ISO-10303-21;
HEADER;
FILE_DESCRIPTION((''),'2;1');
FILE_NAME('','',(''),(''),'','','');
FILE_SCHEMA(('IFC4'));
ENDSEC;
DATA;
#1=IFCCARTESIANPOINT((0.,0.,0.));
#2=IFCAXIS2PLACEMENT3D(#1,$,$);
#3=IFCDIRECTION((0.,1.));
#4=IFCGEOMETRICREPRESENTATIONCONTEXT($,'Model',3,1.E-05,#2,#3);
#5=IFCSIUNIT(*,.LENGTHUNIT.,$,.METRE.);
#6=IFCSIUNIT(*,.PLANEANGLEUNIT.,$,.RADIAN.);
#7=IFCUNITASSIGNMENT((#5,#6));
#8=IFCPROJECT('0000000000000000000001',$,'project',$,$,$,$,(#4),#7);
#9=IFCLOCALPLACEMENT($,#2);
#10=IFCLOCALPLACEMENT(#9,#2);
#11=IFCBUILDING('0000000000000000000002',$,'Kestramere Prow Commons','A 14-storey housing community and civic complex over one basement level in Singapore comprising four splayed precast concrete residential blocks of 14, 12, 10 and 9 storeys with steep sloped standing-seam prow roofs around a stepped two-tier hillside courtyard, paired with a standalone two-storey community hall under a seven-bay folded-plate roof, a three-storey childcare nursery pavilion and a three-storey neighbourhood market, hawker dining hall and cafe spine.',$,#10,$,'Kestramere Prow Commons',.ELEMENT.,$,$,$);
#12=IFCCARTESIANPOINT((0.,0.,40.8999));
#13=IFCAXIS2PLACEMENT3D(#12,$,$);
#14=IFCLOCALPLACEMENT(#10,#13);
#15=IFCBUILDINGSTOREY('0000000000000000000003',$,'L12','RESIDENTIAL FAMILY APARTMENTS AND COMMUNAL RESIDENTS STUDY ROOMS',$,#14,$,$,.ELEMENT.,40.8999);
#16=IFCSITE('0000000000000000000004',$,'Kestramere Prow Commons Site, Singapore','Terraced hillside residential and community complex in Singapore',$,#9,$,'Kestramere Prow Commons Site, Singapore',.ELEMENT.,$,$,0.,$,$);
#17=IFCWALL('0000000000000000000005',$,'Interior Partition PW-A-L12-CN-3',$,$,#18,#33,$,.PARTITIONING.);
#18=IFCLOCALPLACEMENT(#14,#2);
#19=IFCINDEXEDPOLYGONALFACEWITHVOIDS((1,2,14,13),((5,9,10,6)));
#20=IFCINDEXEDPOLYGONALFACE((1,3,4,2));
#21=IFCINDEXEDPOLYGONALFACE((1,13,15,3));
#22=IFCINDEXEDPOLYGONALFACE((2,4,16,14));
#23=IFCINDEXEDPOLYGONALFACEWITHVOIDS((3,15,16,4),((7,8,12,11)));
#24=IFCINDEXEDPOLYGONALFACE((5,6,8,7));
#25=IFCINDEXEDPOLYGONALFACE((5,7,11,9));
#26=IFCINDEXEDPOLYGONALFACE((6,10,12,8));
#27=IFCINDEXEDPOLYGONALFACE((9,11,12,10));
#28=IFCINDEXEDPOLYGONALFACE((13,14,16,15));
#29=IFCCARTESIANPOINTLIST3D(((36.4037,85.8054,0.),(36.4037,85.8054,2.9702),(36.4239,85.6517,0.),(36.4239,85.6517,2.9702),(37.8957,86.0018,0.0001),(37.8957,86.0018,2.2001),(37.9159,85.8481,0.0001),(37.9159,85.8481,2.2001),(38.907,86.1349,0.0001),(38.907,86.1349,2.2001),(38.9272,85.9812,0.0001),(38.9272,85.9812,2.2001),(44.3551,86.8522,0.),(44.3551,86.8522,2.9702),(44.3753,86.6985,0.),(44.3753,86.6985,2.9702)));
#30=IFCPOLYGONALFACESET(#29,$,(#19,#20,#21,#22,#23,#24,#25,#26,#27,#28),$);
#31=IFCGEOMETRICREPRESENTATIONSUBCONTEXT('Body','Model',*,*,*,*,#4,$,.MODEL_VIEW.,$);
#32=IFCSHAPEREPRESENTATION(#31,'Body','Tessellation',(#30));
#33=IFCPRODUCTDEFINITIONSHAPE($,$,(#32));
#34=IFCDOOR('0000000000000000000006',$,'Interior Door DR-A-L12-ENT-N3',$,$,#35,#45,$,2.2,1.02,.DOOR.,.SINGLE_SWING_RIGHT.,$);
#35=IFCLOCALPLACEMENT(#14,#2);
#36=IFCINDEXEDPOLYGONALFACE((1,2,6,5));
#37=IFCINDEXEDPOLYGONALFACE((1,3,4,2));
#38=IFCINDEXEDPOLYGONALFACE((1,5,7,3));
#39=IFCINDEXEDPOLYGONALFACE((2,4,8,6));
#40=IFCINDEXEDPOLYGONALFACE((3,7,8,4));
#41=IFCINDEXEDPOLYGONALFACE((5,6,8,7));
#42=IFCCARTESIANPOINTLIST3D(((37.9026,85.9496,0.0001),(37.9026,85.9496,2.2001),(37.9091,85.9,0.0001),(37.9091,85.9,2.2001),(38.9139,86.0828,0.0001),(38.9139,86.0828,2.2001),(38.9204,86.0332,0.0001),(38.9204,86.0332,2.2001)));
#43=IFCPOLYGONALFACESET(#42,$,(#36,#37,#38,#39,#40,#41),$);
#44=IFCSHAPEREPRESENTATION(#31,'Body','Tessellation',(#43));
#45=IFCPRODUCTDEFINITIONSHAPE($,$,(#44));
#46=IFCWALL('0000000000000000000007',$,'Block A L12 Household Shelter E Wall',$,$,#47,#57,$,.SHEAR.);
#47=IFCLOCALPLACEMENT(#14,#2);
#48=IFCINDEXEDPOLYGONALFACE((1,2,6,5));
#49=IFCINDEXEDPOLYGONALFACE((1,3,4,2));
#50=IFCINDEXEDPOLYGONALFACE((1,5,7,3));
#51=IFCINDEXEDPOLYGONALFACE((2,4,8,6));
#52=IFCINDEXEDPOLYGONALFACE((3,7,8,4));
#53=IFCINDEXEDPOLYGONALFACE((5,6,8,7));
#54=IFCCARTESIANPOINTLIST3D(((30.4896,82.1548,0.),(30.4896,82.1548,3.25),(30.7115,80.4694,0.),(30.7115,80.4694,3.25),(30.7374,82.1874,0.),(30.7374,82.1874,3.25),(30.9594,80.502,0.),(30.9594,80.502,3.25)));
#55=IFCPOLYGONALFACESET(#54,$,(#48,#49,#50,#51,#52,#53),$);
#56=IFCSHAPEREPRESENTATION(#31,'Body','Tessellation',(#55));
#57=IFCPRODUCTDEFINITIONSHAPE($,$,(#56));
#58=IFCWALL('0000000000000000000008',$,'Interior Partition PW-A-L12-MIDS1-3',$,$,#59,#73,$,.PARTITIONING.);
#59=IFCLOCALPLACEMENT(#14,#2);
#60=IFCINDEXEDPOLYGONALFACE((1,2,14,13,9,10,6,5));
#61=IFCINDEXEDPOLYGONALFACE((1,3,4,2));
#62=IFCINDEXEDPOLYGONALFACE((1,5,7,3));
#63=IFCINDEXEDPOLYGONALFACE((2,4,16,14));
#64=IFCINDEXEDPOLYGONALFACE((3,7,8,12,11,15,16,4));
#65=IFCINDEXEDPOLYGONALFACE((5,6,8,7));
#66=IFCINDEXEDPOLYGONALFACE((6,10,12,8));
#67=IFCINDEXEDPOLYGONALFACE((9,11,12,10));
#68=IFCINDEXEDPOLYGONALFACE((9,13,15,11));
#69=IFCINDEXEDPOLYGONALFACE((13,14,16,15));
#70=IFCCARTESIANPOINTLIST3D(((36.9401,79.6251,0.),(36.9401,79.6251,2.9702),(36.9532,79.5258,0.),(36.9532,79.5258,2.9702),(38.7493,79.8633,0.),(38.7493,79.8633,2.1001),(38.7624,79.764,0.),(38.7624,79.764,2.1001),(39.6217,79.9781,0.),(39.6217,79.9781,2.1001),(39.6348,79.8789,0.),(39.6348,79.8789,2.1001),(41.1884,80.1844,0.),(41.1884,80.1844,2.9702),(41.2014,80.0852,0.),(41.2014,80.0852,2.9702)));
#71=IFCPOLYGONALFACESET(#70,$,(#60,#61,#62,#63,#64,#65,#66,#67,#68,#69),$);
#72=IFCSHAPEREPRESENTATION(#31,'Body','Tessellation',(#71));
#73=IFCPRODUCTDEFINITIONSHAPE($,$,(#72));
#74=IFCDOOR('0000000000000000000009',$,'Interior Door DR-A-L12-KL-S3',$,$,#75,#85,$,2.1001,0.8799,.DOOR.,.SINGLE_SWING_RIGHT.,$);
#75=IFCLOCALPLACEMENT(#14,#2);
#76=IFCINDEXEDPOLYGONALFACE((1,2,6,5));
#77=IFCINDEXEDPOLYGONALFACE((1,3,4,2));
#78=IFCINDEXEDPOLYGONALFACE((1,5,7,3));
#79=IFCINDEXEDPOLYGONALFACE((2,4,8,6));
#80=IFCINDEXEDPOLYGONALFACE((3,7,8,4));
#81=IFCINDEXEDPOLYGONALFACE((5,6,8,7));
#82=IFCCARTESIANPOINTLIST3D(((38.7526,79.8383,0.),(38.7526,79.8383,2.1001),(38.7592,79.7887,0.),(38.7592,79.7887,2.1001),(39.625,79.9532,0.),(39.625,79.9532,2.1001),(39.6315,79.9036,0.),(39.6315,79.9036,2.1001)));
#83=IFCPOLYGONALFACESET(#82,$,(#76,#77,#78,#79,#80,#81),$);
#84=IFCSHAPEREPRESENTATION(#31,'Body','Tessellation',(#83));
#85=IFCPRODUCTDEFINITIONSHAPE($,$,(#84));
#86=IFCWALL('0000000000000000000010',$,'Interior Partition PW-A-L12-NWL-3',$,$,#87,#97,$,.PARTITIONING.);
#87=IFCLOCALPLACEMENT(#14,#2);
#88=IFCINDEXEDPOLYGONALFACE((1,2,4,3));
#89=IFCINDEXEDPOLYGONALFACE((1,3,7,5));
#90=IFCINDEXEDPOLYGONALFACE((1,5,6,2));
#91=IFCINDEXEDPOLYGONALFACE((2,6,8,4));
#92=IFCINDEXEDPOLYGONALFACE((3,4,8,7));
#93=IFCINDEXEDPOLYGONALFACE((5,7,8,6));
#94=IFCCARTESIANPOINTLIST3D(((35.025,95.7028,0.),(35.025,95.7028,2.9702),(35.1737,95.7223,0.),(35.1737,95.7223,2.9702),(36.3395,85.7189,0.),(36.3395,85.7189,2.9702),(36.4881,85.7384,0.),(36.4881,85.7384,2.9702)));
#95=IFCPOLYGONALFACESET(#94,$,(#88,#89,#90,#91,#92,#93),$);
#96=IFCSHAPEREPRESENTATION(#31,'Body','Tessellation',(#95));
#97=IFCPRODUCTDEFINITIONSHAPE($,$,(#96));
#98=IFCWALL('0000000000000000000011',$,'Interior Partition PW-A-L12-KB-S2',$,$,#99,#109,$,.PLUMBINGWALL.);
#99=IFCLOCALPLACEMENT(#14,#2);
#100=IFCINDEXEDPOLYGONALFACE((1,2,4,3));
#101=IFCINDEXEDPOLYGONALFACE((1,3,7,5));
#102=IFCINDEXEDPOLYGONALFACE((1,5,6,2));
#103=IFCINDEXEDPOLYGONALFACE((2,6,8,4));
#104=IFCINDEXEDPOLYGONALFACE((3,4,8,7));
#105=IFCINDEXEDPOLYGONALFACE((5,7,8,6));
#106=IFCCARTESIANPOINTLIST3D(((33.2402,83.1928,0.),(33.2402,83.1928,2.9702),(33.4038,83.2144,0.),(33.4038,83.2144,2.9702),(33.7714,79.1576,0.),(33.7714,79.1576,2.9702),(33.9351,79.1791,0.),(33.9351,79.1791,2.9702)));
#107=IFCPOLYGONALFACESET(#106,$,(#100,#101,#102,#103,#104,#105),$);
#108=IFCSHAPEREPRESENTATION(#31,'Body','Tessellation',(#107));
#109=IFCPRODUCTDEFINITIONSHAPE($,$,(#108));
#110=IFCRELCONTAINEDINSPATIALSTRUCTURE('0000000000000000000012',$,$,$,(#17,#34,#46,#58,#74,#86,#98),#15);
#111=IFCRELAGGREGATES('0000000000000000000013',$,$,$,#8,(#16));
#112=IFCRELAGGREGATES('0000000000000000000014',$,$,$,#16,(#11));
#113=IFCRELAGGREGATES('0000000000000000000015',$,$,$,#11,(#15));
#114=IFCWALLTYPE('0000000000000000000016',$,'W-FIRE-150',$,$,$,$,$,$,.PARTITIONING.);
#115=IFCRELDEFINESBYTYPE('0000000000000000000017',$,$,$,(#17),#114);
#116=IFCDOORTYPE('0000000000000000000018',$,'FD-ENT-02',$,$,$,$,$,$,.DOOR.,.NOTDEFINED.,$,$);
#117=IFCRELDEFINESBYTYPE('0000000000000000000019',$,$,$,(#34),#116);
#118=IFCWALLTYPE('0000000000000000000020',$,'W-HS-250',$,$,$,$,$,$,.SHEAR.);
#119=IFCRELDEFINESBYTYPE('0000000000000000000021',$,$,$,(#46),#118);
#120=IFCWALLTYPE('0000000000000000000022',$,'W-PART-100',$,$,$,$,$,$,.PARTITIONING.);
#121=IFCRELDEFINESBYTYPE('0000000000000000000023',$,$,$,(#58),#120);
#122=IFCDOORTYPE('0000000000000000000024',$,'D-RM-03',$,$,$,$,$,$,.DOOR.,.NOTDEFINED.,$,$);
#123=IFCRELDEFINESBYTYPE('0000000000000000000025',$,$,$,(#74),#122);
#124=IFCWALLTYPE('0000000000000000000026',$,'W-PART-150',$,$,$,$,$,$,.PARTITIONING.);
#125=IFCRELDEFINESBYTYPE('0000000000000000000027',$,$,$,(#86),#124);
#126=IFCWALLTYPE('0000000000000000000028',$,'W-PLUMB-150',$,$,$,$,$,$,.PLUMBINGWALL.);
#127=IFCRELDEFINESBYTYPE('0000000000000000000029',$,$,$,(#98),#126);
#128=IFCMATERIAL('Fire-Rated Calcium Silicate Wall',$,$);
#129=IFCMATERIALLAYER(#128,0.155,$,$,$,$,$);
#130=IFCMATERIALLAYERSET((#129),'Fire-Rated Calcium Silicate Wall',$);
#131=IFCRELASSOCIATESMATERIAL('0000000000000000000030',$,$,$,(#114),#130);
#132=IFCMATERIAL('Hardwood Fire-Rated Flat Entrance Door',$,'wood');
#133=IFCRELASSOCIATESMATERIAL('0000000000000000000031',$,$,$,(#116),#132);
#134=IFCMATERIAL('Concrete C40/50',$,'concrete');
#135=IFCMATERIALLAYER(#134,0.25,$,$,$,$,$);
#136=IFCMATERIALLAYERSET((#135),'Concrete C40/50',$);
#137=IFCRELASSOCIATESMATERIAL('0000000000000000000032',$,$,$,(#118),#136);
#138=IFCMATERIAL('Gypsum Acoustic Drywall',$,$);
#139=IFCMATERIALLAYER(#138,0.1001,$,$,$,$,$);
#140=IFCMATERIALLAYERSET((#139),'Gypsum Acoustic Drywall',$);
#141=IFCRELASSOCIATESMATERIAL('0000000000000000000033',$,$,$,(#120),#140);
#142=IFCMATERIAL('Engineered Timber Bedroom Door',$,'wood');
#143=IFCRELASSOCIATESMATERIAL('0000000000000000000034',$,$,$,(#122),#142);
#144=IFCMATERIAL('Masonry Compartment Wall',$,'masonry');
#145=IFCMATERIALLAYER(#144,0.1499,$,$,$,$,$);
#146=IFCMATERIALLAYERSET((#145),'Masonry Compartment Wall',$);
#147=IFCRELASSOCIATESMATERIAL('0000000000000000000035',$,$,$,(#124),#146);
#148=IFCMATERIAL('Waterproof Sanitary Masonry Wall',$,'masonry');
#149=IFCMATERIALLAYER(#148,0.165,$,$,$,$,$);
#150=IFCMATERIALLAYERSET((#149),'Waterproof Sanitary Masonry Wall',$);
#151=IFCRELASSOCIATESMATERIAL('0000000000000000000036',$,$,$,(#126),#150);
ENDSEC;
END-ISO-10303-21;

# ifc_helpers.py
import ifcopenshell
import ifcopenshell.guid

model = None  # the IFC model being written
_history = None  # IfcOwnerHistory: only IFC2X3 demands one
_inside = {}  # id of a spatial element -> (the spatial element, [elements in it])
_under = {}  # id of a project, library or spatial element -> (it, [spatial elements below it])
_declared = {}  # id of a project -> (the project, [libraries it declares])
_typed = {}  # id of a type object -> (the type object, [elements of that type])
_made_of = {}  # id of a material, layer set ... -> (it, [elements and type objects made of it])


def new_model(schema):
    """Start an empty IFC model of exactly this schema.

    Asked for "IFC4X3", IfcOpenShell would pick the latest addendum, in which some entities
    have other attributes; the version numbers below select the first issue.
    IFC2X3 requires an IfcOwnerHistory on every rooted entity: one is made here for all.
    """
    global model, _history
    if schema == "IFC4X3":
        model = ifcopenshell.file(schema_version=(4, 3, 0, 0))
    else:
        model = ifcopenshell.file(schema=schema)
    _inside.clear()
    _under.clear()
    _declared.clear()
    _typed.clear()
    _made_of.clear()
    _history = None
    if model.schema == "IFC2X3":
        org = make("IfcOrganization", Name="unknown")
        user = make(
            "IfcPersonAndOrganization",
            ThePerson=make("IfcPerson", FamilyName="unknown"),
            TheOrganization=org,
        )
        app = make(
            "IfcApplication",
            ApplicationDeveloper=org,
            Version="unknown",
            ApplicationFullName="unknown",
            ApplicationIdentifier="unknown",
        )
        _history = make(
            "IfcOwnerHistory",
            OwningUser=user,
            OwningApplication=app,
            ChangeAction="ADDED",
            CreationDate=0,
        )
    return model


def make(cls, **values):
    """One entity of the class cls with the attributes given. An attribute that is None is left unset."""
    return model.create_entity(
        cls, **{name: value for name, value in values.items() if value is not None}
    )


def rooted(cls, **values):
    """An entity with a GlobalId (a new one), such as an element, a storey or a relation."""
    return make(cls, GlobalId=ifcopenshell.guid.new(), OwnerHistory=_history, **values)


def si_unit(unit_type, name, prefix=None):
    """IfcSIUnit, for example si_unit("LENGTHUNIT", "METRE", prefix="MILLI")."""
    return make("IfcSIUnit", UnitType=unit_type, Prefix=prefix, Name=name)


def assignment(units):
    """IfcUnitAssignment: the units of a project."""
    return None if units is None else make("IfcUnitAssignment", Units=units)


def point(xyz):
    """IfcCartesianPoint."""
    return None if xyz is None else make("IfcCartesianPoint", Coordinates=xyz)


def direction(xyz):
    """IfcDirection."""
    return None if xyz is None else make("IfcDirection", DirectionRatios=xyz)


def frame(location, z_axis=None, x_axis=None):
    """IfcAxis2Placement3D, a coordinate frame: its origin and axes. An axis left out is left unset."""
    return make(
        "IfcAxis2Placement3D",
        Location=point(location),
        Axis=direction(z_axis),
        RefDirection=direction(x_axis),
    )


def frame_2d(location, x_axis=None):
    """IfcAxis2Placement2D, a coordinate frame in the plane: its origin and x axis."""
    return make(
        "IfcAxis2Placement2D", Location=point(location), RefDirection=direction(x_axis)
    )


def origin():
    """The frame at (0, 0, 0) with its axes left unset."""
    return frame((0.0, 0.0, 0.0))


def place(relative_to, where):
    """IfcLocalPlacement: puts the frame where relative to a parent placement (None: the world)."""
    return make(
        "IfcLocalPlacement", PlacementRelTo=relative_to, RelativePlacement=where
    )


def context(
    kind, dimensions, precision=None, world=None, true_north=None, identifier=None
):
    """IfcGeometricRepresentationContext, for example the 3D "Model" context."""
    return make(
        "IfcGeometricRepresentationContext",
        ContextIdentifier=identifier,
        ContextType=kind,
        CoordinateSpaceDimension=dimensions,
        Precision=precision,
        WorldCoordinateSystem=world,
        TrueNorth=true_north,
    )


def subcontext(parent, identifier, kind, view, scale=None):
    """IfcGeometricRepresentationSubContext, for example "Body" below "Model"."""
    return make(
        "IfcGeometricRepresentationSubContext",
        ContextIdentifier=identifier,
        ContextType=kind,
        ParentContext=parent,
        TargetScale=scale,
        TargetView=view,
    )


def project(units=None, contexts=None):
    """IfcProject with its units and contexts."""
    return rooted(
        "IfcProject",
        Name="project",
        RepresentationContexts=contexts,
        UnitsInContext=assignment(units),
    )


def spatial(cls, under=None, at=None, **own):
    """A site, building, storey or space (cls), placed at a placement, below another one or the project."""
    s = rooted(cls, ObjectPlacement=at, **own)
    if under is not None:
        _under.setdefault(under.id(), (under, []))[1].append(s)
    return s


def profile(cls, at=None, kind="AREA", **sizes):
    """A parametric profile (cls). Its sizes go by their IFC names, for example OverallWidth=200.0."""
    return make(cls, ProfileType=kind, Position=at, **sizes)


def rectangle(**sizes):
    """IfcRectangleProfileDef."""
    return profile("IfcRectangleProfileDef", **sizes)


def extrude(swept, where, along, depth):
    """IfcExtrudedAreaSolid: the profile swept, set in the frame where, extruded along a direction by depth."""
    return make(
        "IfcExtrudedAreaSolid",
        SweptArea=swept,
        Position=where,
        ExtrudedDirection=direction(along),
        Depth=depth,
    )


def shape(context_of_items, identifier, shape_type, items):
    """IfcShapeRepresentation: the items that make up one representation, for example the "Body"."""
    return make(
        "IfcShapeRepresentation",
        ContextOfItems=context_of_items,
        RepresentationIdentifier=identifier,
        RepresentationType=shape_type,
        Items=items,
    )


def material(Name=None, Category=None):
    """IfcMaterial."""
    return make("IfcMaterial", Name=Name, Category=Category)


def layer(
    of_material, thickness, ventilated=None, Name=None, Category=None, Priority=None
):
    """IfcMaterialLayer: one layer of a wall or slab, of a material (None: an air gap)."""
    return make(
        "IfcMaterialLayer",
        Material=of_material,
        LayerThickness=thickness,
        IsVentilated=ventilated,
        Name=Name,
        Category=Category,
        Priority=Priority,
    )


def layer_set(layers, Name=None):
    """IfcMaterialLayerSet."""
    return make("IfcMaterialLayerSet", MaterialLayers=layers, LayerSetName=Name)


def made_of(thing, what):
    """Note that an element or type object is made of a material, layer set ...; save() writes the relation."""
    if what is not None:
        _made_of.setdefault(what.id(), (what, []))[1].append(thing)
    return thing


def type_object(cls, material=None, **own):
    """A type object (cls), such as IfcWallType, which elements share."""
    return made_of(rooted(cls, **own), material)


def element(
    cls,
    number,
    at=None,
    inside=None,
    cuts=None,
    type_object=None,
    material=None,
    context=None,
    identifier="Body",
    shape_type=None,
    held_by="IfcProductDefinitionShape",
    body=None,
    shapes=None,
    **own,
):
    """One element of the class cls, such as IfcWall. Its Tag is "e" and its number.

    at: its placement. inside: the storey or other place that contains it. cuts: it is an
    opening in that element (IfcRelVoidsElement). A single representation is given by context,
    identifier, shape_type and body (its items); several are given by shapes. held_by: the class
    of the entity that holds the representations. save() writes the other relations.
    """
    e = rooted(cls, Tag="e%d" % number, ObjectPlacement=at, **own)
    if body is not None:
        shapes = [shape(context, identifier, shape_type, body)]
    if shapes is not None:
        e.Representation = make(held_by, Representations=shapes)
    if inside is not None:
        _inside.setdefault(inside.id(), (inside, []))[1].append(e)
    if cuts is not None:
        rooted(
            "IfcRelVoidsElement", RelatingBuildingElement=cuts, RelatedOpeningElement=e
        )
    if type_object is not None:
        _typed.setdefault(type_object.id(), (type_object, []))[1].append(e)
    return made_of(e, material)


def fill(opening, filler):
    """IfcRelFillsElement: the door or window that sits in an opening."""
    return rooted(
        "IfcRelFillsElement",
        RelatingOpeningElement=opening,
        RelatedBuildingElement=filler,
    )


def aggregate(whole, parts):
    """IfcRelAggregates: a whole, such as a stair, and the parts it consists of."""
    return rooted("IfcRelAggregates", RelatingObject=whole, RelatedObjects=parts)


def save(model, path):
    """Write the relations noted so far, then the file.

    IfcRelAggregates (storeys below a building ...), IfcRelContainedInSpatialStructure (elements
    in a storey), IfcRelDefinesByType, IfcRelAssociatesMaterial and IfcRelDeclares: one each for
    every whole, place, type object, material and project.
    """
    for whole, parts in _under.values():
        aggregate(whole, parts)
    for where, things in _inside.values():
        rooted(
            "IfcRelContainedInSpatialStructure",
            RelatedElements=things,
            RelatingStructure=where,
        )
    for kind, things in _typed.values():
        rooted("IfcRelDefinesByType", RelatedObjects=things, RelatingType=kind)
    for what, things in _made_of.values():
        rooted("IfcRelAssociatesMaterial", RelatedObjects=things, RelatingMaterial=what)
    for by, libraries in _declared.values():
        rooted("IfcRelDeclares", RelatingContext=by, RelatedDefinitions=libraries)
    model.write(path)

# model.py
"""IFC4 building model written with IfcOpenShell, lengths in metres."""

from ifc_helpers import new_model, si_unit, direction, frame, frame_2d, origin, place, context, subcontext, project, spatial, rectangle, extrude, material, layer, layer_set, type_object, element, fill, save


model = new_model("IFC4")

# Units and contexts
model_context = context("Model", 3, precision=1e-05, world=origin(), true_north=direction((0.0, 1.0)))
body_context = subcontext(model_context, "Body", "Model", "MODEL_VIEW")
ifc_project = project(units=[si_unit("LENGTHUNIT", "METRE"), si_unit("PLANEANGLEUNIT", "RADIAN")], contexts=[model_context])

# Site, building, storey
site_placement = place(None, origin())
site = spatial("IfcSite", under=ifc_project, at=site_placement, Name="Kestramere Prow Commons Site, Singapore", Description="Terraced hillside residential and community complex in Singapore", LongName="Kestramere Prow Commons Site, Singapore", CompositionType="ELEMENT", RefElevation=0.0)
building_placement = place(site_placement, origin())
building = spatial("IfcBuilding", under=site, at=building_placement, Name="Kestramere Prow Commons", Description="A 14-storey housing community and civic complex over one basement level in Singapore comprising four splayed precast concrete residential blocks of 14, 12, 10 and 9 storeys with steep sloped standing-seam prow roofs around a stepped two-tier hillside courtyard, paired with a standalone two-storey community hall under a seven-bay folded-plate roof, a three-storey childcare nursery pavilion and a three-storey neighbourhood market, hawker dining hall and cafe spine.", LongName="Kestramere Prow Commons", CompositionType="ELEMENT")
storey_placement = place(building_placement, frame((0.0, 0.0, 40.8999)))
storey = spatial("IfcBuildingStorey", under=building, at=storey_placement, Name="L12", Description="RESIDENTIAL FAMILY APARTMENTS AND COMMUNAL RESIDENTS STUDY ROOMS", CompositionType="ELEMENT", Elevation=40.8999)

# Shared definitions
ifc_material_1 = material(Name="Concrete C40/50", Category="concrete")

# Shared definitions
ifc_material_2 = material(Name="Fire-Rated Calcium Silicate Wall")
ifc_layer_1 = layer(ifc_material_2, 0.155)
ifc_layer_set_1 = layer_set([ifc_layer_1], Name="Fire-Rated Calcium Silicate Wall")
wall_type_1 = type_object("IfcWallType", Name="W-FIRE-150", PredefinedType="PARTITIONING", material=ifc_layer_set_1)

# Wall, opening, door
ifc_material_3 = material(Name="Hardwood Fire-Rated Flat Entrance Door", Category="wood")
door_type_1 = type_object("IfcDoorType", Name="FD-ENT-02", OperationType="NOTDEFINED", PredefinedType="DOOR", material=ifc_material_3)
wall_1_placement = place(storey_placement, frame((36.4138, 85.7285, 0.0), z_axis=(0.0, 0.0, 1.0), x_axis=(0.991444, 0.130532, 0.0)))
wall_1 = element("IfcWall", 1, at=wall_1_placement, inside=storey, type_object=wall_type_1, Name="Interior Partition PW-A-L12-CN-3", PredefinedType="PARTITIONING", context=body_context, shape_type="SweptSolid", body=[
    extrude(rectangle(XDim=8.02, YDim=0.155, at=frame_2d((4.01, 0.0))), origin(), (0.0, 0.0, 1.0), 2.9702),
])
opening_1_placement = place(wall_1_placement, frame((1.5049, 0.0, 0.0)))
opening_1 = element("IfcOpeningElement", 2, at=opening_1_placement, cuts=wall_1, PredefinedType="OPENING", context=body_context, shape_type="SweptSolid", body=[
    extrude(rectangle(XDim=1.02, YDim=2.2, at=frame_2d((0.51, 1.1001))), frame((0.0, 0.0925, 0.0), z_axis=(0.0, -1.0, 0.0), x_axis=(1.0, 0.0, 0.0)), (0.0, 0.0, 1.0), 0.1851),
])
door_1_placement = place(opening_1_placement, origin())
door_1 = element("IfcDoor", 3, at=door_1_placement, inside=storey, type_object=door_type_1, Name="Interior Door DR-A-L12-ENT-N3", OperationType="SINGLE_SWING_RIGHT", OverallHeight=2.2, OverallWidth=1.02, PredefinedType="DOOR", context=body_context, shape_type="SweptSolid", body=[
    extrude(rectangle(XDim=1.02, YDim=2.2, at=frame_2d((0.51, 1.1001))), frame((0.0, 0.0249, 0.0), z_axis=(0.0, -1.0, 0.0), x_axis=(1.0, 0.0, 0.0)), (0.0, 0.0, 1.0), 0.05),
])
fill(opening_1, door_1)

# Wall
ifc_layer_2 = layer(ifc_material_1, 0.25)
ifc_layer_set_2 = layer_set([ifc_layer_2], Name="Concrete C40/50")
wall_type_2 = type_object("IfcWallType", Name="W-HS-250", PredefinedType="SHEAR", material=ifc_layer_set_2)
wall_2_placement = place(storey_placement, frame((30.8354, 80.4856, 0.0), z_axis=(0.0, 0.0, 1.0), x_axis=(-0.130555, 0.991441, 0.0)))
element("IfcWall", 4, at=wall_2_placement, inside=storey, type_object=wall_type_2, Name="Block A L12 Household Shelter E Wall", PredefinedType="SHEAR", context=body_context, shape_type="SweptSolid", body=[
    extrude(rectangle(XDim=1.7, YDim=0.25, at=frame_2d((0.8501, 0.0))), origin(), (0.0, 0.0, 1.0), 3.25),
])

# Wall, opening, door
ifc_material_4 = material(Name="Gypsum Acoustic Drywall")
ifc_layer_3 = layer(ifc_material_4, 0.1001)
ifc_layer_set_3 = layer_set([ifc_layer_3], Name="Gypsum Acoustic Drywall")
wall_type_3 = type_object("IfcWallType", Name="W-PART-100", PredefinedType="PARTITIONING", material=ifc_layer_set_3)
wall_3_placement = place(storey_placement, frame((36.9465, 79.5754, 0.0), z_axis=(0.0, 0.0, 1.0), x_axis=(0.991444, 0.130533, 0.0)))
wall_3 = element("IfcWall", 5, at=wall_3_placement, inside=storey, type_object=wall_type_3, Name="Interior Partition PW-A-L12-MIDS1-3", PredefinedType="PARTITIONING", context=body_context, shape_type="SweptSolid", body=[
    extrude(rectangle(XDim=4.2849, YDim=0.1001, at=frame_2d((2.1426, 0.0))), origin(), (0.0, 0.0, 1.0), 2.9702),
])
opening_2_placement = place(wall_3_placement, frame((1.825, 0.0, 0.0)))
opening_2 = element("IfcOpeningElement", 6, at=opening_2_placement, cuts=wall_3, PredefinedType="OPENING", context=body_context, shape_type="SweptSolid", body=[
    extrude(rectangle(XDim=0.8799, YDim=2.1001, at=frame_2d((0.4399, 1.05))), frame((0.0, 0.0649, 0.0), z_axis=(0.0, -1.0, 0.0), x_axis=(1.0, 0.0, 0.0)), (0.0, 0.0, 1.0), 0.1301),
])
ifc_material_5 = material(Name="Engineered Timber Bedroom Door", Category="wood")
door_type_2 = type_object("IfcDoorType", Name="D-RM-03", OperationType="NOTDEFINED", PredefinedType="DOOR", material=ifc_material_5)
door_2_placement = place(opening_2_placement, origin())
door_2 = element("IfcDoor", 7, at=door_2_placement, inside=storey, type_object=door_type_2, Name="Interior Door DR-A-L12-KL-S3", OperationType="SINGLE_SWING_RIGHT", OverallHeight=2.1001, OverallWidth=0.8799, PredefinedType="DOOR", context=body_context, shape_type="SweptSolid", body=[
    extrude(rectangle(XDim=0.8799, YDim=2.1001, at=frame_2d((0.4399, 1.05))), frame((0.0, 0.0249, 0.0), z_axis=(0.0, -1.0, 0.0), x_axis=(1.0, 0.0, 0.0)), (0.0, 0.0, 1.0), 0.05),
])
fill(opening_2, door_2)

# Walls
ifc_material_6 = material(Name="Masonry Compartment Wall", Category="masonry")
ifc_layer_4 = layer(ifc_material_6, 0.1499)
ifc_layer_set_4 = layer_set([ifc_layer_4], Name="Masonry Compartment Wall")
wall_type_4 = type_object("IfcWallType", Name="W-PART-150", PredefinedType="PARTITIONING", material=ifc_layer_set_4)
wall_4_placement = place(storey_placement, frame((36.4138, 85.7285, 0.0), z_axis=(0.0, 0.0, 1.0), x_axis=(-0.130531, 0.991444, 0.0)))
element("IfcWall", 8, at=wall_4_placement, inside=storey, type_object=wall_type_4, Name="Interior Partition PW-A-L12-NWL-3", PredefinedType="PARTITIONING", context=body_context, shape_type="SweptSolid", body=[
    extrude(rectangle(XDim=10.0701, YDim=0.1499, at=frame_2d((5.0352, 0.0))), origin(), (0.0, 0.0, 1.0), 2.9702),
])
ifc_material_7 = material(Name="Waterproof Sanitary Masonry Wall", Category="masonry")
ifc_layer_5 = layer(ifc_material_7, 0.165)
ifc_layer_set_5 = layer_set([ifc_layer_5], Name="Waterproof Sanitary Masonry Wall")
wall_type_5 = type_object("IfcWallType", Name="W-PLUMB-150", PredefinedType="PLUMBINGWALL", material=ifc_layer_set_5)
wall_5_placement = place(storey_placement, frame((33.8533, 79.1682, 0.0), z_axis=(0.0, 0.0, 1.0), x_axis=(-0.130529, 0.991444, 0.0)))
element("IfcWall", 9, at=wall_5_placement, inside=storey, type_object=wall_type_5, Name="Interior Partition PW-A-L12-KB-S2", PredefinedType="PLUMBINGWALL", context=body_context, shape_type="SweptSolid", body=[
    extrude(rectangle(XDim=4.0701, YDim=0.165, at=frame_2d((2.0352, 0.0))), origin(), (0.0, 0.0, 1.0), 2.9702),
])

save(model, "model.ifc")
